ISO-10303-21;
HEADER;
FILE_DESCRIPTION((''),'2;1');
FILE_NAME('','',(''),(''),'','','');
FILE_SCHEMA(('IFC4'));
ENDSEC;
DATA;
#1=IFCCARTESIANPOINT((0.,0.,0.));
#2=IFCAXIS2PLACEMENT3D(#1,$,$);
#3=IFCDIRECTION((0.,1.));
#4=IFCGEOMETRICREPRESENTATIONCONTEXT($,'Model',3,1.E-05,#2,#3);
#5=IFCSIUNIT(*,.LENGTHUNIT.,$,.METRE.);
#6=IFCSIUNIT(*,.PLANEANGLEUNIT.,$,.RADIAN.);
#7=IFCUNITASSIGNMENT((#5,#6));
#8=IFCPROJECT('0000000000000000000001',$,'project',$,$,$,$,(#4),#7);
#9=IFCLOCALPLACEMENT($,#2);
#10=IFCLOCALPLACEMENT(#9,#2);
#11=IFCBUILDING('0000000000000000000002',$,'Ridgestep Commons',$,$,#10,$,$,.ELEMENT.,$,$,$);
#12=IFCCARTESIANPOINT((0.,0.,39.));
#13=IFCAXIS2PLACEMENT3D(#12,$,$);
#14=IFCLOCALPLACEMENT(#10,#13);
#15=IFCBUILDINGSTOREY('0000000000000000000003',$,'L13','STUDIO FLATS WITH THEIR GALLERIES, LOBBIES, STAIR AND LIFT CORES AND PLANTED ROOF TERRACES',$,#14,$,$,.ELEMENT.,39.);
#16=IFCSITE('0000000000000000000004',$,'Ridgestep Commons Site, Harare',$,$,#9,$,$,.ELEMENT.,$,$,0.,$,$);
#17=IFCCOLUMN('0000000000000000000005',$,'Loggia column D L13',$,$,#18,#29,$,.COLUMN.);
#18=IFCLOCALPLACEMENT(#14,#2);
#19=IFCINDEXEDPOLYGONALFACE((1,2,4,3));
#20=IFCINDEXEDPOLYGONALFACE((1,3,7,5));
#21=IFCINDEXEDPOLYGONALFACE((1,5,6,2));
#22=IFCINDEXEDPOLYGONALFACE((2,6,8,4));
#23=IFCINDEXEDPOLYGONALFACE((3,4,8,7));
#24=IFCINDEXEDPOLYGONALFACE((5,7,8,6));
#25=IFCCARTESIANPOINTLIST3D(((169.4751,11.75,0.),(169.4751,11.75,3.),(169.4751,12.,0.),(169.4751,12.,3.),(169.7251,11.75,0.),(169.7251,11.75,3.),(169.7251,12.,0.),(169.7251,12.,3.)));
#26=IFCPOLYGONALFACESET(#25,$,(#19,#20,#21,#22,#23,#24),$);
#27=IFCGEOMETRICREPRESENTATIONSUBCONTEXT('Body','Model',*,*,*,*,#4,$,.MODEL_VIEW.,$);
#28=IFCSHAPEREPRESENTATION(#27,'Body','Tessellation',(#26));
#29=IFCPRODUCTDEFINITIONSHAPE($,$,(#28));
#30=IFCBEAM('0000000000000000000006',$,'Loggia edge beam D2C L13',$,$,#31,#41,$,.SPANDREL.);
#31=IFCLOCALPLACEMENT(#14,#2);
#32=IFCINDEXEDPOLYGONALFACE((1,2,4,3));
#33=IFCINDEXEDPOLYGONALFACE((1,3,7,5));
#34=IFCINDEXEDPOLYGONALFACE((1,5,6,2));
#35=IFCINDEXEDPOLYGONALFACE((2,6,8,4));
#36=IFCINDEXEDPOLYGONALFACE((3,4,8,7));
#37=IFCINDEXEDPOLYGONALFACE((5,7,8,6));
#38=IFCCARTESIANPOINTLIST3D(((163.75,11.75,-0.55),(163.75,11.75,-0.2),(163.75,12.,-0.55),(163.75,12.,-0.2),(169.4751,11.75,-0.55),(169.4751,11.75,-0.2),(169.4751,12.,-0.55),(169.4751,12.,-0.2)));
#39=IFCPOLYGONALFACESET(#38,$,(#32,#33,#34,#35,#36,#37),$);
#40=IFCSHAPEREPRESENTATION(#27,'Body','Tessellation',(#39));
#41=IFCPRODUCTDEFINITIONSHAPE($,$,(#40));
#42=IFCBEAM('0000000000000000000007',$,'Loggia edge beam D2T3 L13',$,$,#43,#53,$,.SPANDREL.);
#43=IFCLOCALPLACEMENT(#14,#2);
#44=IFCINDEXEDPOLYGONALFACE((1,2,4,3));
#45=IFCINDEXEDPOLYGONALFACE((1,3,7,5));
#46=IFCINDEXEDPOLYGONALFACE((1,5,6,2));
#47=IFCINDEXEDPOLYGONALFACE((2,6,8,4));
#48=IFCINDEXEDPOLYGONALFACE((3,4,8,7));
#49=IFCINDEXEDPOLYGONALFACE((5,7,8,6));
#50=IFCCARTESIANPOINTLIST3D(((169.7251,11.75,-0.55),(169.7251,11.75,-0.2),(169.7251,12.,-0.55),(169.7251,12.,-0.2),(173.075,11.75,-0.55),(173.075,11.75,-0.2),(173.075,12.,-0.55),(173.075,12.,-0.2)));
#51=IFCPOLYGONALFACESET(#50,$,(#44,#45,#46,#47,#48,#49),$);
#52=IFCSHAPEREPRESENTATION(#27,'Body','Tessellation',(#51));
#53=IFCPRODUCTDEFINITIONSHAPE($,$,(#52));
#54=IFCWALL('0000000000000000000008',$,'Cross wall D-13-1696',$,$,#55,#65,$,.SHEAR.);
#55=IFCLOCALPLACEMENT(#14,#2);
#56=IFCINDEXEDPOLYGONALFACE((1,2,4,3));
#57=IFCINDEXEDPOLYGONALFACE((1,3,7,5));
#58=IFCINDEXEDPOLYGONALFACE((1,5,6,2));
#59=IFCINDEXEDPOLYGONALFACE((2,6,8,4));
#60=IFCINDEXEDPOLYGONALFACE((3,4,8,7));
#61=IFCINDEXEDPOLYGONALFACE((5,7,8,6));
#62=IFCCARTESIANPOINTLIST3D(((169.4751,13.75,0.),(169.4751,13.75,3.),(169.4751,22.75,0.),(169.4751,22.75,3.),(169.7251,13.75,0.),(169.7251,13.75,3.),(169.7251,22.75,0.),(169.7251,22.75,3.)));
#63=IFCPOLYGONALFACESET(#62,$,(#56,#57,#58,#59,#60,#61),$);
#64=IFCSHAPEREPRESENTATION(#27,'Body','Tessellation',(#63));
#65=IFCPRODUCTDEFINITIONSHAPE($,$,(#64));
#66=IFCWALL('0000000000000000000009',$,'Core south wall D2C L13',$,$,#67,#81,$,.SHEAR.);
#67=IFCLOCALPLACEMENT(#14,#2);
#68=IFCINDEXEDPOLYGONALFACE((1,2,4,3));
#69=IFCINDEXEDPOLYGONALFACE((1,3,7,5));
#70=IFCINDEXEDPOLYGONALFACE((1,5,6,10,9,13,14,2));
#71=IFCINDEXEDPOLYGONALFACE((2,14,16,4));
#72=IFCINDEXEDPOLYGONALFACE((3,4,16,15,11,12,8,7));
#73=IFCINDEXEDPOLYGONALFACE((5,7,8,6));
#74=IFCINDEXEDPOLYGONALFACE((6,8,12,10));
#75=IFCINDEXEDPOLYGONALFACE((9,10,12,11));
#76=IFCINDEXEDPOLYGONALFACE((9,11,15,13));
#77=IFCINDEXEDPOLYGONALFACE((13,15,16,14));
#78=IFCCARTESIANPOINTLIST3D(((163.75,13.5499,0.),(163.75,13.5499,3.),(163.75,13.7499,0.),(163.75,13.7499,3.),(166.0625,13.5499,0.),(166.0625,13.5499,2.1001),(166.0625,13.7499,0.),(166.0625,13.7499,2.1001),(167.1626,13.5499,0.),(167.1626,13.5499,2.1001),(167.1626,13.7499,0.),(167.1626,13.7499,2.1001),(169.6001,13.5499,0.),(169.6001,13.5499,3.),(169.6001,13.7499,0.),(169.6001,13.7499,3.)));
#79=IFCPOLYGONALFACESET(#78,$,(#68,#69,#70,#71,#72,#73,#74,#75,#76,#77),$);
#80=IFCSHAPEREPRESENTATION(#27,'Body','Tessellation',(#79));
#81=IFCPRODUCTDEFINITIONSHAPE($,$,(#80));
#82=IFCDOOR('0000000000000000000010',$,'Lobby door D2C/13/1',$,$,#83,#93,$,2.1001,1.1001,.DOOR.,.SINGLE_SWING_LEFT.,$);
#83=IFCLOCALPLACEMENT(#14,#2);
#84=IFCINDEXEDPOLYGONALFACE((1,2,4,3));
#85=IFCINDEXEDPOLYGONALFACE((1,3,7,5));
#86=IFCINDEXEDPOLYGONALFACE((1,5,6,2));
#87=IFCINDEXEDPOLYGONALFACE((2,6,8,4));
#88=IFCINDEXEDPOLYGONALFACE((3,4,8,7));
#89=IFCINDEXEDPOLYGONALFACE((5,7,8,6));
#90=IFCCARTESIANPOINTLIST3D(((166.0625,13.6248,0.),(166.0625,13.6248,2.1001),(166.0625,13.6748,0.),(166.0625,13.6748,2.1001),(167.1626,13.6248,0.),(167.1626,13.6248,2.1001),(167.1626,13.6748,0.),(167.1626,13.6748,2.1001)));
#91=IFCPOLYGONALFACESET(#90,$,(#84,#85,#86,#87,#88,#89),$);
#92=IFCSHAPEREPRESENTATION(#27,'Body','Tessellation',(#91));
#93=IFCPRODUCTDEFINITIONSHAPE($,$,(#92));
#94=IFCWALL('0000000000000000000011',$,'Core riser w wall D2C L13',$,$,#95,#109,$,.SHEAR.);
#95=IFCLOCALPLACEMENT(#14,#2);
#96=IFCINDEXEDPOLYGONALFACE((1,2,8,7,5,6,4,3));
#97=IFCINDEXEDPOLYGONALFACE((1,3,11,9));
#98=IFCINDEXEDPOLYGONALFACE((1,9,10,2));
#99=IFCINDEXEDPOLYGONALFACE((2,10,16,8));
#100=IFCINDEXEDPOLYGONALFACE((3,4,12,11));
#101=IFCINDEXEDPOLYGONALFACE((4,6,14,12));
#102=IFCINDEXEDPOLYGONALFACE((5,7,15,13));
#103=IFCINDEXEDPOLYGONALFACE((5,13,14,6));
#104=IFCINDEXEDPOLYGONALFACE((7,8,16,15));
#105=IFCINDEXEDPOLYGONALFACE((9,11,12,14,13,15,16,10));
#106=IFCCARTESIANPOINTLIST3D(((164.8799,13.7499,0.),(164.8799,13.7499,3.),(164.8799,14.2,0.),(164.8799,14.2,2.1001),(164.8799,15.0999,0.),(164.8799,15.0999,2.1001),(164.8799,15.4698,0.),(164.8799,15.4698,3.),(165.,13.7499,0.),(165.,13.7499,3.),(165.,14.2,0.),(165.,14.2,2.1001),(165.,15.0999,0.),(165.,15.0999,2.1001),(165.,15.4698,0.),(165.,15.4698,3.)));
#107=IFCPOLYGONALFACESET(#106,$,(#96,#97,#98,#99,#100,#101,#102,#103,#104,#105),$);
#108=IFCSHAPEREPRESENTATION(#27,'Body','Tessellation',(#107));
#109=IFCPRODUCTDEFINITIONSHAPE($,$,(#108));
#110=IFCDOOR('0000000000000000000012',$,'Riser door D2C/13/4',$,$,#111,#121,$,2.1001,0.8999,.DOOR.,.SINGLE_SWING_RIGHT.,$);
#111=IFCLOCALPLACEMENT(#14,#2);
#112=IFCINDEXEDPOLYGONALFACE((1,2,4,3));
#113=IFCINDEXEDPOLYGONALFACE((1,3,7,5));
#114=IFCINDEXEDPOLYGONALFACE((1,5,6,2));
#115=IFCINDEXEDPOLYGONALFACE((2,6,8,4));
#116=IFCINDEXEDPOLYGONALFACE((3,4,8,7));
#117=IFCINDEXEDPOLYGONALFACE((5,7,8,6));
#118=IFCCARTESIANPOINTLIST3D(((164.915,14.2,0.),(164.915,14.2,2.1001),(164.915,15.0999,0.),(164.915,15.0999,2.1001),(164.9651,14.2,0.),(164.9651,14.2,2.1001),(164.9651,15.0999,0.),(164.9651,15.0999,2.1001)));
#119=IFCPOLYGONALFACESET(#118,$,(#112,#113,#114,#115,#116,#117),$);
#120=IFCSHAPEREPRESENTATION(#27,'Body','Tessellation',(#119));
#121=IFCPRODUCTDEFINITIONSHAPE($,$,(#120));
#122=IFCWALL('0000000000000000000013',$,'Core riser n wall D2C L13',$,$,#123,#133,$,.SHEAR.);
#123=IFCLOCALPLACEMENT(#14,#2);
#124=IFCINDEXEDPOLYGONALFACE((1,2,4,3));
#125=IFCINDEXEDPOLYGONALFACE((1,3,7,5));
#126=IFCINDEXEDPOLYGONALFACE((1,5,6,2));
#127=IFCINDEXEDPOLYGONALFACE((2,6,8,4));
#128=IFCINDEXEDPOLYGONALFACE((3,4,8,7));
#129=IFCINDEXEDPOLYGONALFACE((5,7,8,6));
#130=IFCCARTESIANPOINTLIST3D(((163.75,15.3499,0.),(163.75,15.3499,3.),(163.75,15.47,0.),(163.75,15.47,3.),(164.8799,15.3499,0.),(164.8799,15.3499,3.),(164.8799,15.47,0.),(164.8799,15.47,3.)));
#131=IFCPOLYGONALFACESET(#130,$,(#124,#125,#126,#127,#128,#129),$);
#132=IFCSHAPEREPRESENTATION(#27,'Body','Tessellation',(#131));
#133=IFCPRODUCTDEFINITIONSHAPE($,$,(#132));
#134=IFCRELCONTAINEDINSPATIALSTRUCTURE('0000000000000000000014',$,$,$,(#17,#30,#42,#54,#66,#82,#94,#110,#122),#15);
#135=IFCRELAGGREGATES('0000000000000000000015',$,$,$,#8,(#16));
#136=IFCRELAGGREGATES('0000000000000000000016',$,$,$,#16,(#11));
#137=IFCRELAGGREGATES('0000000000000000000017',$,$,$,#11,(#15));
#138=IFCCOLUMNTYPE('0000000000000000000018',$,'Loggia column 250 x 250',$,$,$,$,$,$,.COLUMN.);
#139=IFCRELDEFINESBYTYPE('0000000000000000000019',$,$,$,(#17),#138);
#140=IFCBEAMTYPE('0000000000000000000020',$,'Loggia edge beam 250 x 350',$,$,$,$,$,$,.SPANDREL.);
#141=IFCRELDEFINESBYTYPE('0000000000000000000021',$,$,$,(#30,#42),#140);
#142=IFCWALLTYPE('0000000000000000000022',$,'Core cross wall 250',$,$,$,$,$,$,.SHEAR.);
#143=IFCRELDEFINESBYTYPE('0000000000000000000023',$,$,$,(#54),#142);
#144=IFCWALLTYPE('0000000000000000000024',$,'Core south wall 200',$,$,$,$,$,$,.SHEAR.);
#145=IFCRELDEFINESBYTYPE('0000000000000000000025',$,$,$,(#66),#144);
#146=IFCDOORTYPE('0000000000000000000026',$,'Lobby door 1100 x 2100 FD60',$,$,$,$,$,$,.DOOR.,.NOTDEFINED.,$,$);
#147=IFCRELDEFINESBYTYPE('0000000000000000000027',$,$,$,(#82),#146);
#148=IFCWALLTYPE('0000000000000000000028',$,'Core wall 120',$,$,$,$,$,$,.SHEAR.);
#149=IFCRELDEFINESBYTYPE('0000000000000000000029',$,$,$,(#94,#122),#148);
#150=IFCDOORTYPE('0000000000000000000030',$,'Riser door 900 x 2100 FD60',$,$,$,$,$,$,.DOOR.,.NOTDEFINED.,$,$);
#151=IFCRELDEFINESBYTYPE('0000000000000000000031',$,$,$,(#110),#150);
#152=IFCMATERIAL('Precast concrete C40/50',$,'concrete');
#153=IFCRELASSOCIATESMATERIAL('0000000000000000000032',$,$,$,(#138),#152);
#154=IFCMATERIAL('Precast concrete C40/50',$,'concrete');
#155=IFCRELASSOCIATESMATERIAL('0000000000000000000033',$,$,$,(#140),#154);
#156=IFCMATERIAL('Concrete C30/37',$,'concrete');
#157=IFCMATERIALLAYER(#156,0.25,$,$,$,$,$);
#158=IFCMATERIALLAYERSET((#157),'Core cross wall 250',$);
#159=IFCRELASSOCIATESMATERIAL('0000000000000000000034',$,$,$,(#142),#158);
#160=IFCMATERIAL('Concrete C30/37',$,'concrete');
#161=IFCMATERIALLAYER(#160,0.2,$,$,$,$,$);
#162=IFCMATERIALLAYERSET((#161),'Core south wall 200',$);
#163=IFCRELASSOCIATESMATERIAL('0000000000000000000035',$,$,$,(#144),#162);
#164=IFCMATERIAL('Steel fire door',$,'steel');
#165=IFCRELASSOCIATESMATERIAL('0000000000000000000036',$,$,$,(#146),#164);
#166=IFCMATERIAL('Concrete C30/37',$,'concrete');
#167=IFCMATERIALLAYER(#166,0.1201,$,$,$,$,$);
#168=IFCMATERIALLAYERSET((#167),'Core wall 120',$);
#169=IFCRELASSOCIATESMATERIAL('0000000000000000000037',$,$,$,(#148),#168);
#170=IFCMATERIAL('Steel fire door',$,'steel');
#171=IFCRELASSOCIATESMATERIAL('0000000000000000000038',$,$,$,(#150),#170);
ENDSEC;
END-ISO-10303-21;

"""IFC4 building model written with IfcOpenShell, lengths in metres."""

from ifc_helpers import new_model, si_unit, direction, frame, frame_2d, origin, origin_2d, place, context, subcontext, project, spatial, rectangle, extrude, material, layer, layer_set, material_profile, profile_set, type_object, element, fill, save


model = new_model("IFC4")

# Units and contexts
model_context = context("Model", 3, precision=1e-05, world=origin(), true_north=direction((0.0, 1.0)))
body_context = subcontext(model_context, "Body", "Model", "MODEL_VIEW")
ifc_project = project(units=[si_unit("LENGTHUNIT", "METRE"), si_unit("PLANEANGLEUNIT", "RADIAN")], contexts=[model_context])

# Site, building, storey
site_placement = place(None, origin())
site = spatial("IfcSite", under=ifc_project, at=site_placement, Name="Ridgestep Commons Site, Harare", CompositionType="ELEMENT", RefElevation=0.0)
building_placement = place(site_placement, origin())
building = spatial("IfcBuilding", under=site, at=building_placement, Name="Ridgestep Commons", CompositionType="ELEMENT")
storey_placement = place(building_placement, frame((0.0, 0.0, 39.0)))
storey = spatial("IfcBuildingStorey", under=building, at=storey_placement, Name="L13", Description="STUDIO FLATS WITH THEIR GALLERIES, LOBBIES, STAIR AND LIFT CORES AND PLANTED ROOF TERRACES", CompositionType="ELEMENT", Elevation=39.0)

# Column
ifc_material_1 = material(Name="Precast concrete C40/50", Category="concrete")
ifc_material_profile_1 = material_profile(ifc_material_1, rectangle(XDim=0.25, YDim=0.25, at=origin_2d()), Name="PC 250x250")
ifc_profile_set_1 = profile_set([ifc_material_profile_1], Name="Precast concrete C40/50")
column_type = type_object("IfcColumnType", Name="Loggia column 250 x 250", PredefinedType="COLUMN", material=ifc_profile_set_1)
column_placement = place(storey_placement, frame((169.6001, 11.875, 0.0), z_axis=(0.0, 0.0, 1.0), x_axis=(1.0, 0.0, 0.0)))
element("IfcColumn", 1, at=column_placement, inside=storey, type_object=column_type, Name="Loggia column D L13", PredefinedType="COLUMN", context=body_context, shape_type="SweptSolid", body=[
    extrude(rectangle(XDim=0.25, YDim=0.25, at=origin_2d()), origin(), (0.0, 0.0, 1.0), 3.0),
])

# Beams
ifc_material_2 = material(Name="Precast concrete C40/50", Category="concrete")
ifc_material_profile_2 = material_profile(ifc_material_2, rectangle(XDim=0.25, YDim=0.3501, at=origin_2d()), Name="PC 250x350")
ifc_profile_set_2 = profile_set([ifc_material_profile_2], Name="Precast concrete C40/50")
beam_type = type_object("IfcBeamType", Name="Loggia edge beam 250 x 350", PredefinedType="SPANDREL", material=ifc_profile_set_2)
beam_1_placement = place(storey_placement, frame((163.75, 11.875, -0.375), z_axis=(1.0, 0.0, 0.0), x_axis=(0.0, 1.0, 0.0)))
element("IfcBeam", 2, at=beam_1_placement, inside=storey, type_object=beam_type, Name="Loggia edge beam D2C L13", PredefinedType="SPANDREL", context=body_context, shape_type="SweptSolid", body=[
    extrude(rectangle(XDim=0.25, YDim=0.3501, at=origin_2d()), origin(), (0.0, 0.0, 1.0), 5.7251),
])
beam_2_placement = place(storey_placement, frame((169.7251, 11.875, -0.375), z_axis=(1.0, 0.0, 0.0), x_axis=(0.0, 1.0, 0.0)))
element("IfcBeam", 3, at=beam_2_placement, inside=storey, type_object=beam_type, Name="Loggia edge beam D2T3 L13", PredefinedType="SPANDREL", context=body_context, shape_type="SweptSolid", body=[
    extrude(rectangle(XDim=0.25, YDim=0.3501, at=origin_2d()), origin(), (0.0, 0.0, 1.0), 3.3499),
])

# Wall
ifc_material_3 = material(Name="Concrete C30/37", Category="concrete")
ifc_layer_1 = layer(ifc_material_3, 0.25)
ifc_layer_set_1 = layer_set([ifc_layer_1], Name="Core cross wall 250")
wall_type_1 = type_object("IfcWallType", Name="Core cross wall 250", PredefinedType="SHEAR", material=ifc_layer_set_1)
wall_1_placement = place(storey_placement, frame((169.6001, 13.75, 0.0), z_axis=(0.0, 0.0, 1.0), x_axis=(0.0, 1.0, 0.0)))
element("IfcWall", 4, at=wall_1_placement, inside=storey, type_object=wall_type_1, Name="Cross wall D-13-1696", PredefinedType="SHEAR", context=body_context, shape_type="SweptSolid", body=[
    extrude(rectangle(XDim=9.0, YDim=0.25, at=frame_2d((4.5, 0.0))), origin(), (0.0, 0.0, 1.0), 3.0),
])

# Walls, openings, doors
ifc_material_4 = material(Name="Concrete C30/37", Category="concrete")
ifc_layer_2 = layer(ifc_material_4, 0.2)
ifc_layer_set_2 = layer_set([ifc_layer_2], Name="Core south wall 200")
wall_type_2 = type_object("IfcWallType", Name="Core south wall 200", PredefinedType="SHEAR", material=ifc_layer_set_2)
wall_2_placement = place(storey_placement, frame((163.75, 13.6499, 0.0), z_axis=(0.0, 0.0, 1.0), x_axis=(1.0, 0.0, 0.0)))
wall_2 = element("IfcWall", 5, at=wall_2_placement, inside=storey, type_object=wall_type_2, Name="Core south wall D2C L13", PredefinedType="SHEAR", context=body_context, shape_type="SweptSolid", body=[
    extrude(rectangle(XDim=5.8501, YDim=0.2, at=frame_2d((2.925, 0.0))), origin(), (0.0, 0.0, 1.0), 3.0),
])
opening_1_placement = place(wall_2_placement, frame((2.3125, 0.0, 0.0)))
opening_1 = element("IfcOpeningElement", 6, at=opening_1_placement, cuts=wall_2, PredefinedType="OPENING", context=body_context, shape_type="SweptSolid", body=[
    extrude(rectangle(XDim=1.1001, YDim=2.1001, at=frame_2d((0.55, 1.05))), frame((0.0, 0.1099, 0.0), z_axis=(0.0, -1.0, 0.0), x_axis=(1.0, 0.0, 0.0)), (0.0, 0.0, 1.0), 0.22),
])
ifc_material_5 = material(Name="Steel fire door", Category="steel")
door_type_1 = type_object("IfcDoorType", Name="Lobby door 1100 x 2100 FD60", OperationType="NOTDEFINED", PredefinedType="DOOR", material=ifc_material_5)
door_1_placement = place(opening_1_placement, origin())
door_1 = element("IfcDoor", 7, at=door_1_placement, inside=storey, type_object=door_type_1, Name="Lobby door D2C/13/1", OperationType="SINGLE_SWING_LEFT", OverallHeight=2.1001, OverallWidth=1.1001, PredefinedType="DOOR", context=body_context, shape_type="SweptSolid", body=[
    extrude(rectangle(XDim=1.1001, YDim=2.1001, at=frame_2d((0.55, 1.05))), frame((0.0, 0.0249, 0.0), z_axis=(0.0, -1.0, 0.0), x_axis=(1.0, 0.0, 0.0)), (0.0, 0.0, 1.0), 0.05),
])
fill(opening_1, door_1)
ifc_material_6 = material(Name="Concrete C30/37", Category="concrete")
ifc_layer_3 = layer(ifc_material_6, 0.1201)
ifc_layer_set_3 = layer_set([ifc_layer_3], Name="Core wall 120")
wall_type_3 = type_object("IfcWallType", Name="Core wall 120", PredefinedType="SHEAR", material=ifc_layer_set_3)
wall_3_placement = place(storey_placement, frame((164.9399, 13.75, 0.0), z_axis=(0.0, 0.0, 1.0), x_axis=(0.0, 1.0, 0.0)))
wall_3 = element("IfcWall", 8, at=wall_3_placement, inside=storey, type_object=wall_type_3, Name="Core riser w wall D2C L13", PredefinedType="SHEAR", context=body_context, shape_type="SweptSolid", body=[
    extrude(rectangle(XDim=1.72, YDim=0.1201, at=frame_2d((0.8599, 0.0))), origin(), (0.0, 0.0, 1.0), 3.0),
])
opening_2_placement = place(wall_3_placement, frame((0.45, 0.0, 0.0)))
opening_2 = element("IfcOpeningElement", 9, at=opening_2_placement, cuts=wall_3, PredefinedType="OPENING", context=body_context, shape_type="SweptSolid", body=[
    extrude(rectangle(XDim=0.8999, YDim=2.1001, at=frame_2d((0.45, 1.05))), frame((0.0, 0.0701, 0.0), z_axis=(0.0, -1.0, 0.0), x_axis=(1.0, 0.0, 0.0)), (0.0, 0.0, 1.0), 0.1401),
])
ifc_material_7 = material(Name="Steel fire door", Category="steel")
door_type_2 = type_object("IfcDoorType", Name="Riser door 900 x 2100 FD60", OperationType="NOTDEFINED", PredefinedType="DOOR", material=ifc_material_7)
door_2_placement = place(opening_2_placement, origin())
door_2 = element("IfcDoor", 10, at=door_2_placement, inside=storey, type_object=door_type_2, Name="Riser door D2C/13/4", OperationType="SINGLE_SWING_RIGHT", OverallHeight=2.1001, OverallWidth=0.8999, PredefinedType="DOOR", context=body_context, shape_type="SweptSolid", body=[
    extrude(rectangle(XDim=0.8999, YDim=2.1001, at=frame_2d((0.45, 1.05))), frame((0.0, 0.0249, 0.0), z_axis=(0.0, -1.0, 0.0), x_axis=(1.0, 0.0, 0.0)), (0.0, 0.0, 1.0), 0.05),
])
fill(opening_2, door_2)

# Wall
wall_4_placement = place(storey_placement, frame((163.75, 15.4099, 0.0), z_axis=(0.0, 0.0, 1.0), x_axis=(1.0, 0.0, 0.0)))
element("IfcWall", 11, at=wall_4_placement, inside=storey, type_object=wall_type_3, Name="Core riser n wall D2C L13", PredefinedType="SHEAR", context=body_context, shape_type="SweptSolid", body=[
    extrude(rectangle(XDim=1.1299, YDim=0.1201, at=frame_2d((0.5649, 0.0))), origin(), (0.0, 0.0, 1.0), 3.0),
])

save(model, "model.ifc")
